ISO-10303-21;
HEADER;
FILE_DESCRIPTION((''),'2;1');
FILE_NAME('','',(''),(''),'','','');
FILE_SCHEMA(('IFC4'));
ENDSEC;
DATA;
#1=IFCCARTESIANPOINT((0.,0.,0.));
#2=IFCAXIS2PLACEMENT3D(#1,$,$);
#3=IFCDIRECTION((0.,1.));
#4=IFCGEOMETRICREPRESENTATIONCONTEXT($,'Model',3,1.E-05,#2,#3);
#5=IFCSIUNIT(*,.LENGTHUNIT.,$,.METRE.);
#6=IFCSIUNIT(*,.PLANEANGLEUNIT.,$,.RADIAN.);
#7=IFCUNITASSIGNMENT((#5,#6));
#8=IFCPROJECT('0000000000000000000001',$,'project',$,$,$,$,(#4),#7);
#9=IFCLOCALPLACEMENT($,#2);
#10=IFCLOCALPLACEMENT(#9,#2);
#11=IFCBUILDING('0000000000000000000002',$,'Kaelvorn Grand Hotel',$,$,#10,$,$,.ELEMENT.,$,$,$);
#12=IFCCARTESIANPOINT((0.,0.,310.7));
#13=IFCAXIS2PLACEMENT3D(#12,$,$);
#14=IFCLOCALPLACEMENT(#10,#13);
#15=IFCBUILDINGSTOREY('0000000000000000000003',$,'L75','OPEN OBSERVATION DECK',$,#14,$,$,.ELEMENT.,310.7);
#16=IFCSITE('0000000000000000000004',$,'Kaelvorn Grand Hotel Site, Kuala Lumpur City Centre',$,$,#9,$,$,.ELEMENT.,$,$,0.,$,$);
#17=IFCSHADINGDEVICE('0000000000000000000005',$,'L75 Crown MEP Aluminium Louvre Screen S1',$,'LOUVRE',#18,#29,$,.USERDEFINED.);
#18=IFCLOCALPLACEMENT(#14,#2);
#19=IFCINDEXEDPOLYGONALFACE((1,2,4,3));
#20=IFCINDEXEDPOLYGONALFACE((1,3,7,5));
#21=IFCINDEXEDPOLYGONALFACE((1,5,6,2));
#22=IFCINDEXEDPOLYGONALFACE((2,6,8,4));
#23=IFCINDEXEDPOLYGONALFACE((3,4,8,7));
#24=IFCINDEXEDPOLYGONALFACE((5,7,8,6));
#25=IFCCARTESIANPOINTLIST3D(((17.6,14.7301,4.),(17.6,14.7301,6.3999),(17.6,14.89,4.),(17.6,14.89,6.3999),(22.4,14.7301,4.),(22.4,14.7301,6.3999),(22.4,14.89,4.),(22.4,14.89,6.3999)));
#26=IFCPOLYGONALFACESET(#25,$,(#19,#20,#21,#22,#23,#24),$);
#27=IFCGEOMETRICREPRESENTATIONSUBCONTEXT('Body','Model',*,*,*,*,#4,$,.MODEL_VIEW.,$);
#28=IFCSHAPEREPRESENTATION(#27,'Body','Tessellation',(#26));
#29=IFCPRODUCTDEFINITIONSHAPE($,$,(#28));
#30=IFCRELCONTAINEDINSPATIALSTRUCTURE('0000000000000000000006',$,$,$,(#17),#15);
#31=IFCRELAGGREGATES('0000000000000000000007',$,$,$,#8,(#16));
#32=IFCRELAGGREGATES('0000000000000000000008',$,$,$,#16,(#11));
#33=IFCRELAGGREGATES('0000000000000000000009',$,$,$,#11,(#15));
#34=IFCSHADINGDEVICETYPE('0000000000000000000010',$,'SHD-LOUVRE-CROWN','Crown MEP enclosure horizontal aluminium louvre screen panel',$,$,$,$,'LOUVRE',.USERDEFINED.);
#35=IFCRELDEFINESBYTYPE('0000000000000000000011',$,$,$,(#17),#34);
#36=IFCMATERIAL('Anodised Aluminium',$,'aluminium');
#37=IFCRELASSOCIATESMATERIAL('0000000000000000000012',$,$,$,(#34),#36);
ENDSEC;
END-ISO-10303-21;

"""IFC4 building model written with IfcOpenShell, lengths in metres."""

from ifc_helpers import new_model, si_unit, direction, frame, origin, origin_2d, place, context, subcontext, project, spatial, rectangle, extrude, material, type_object, element, save


model = new_model("IFC4")

# Units and contexts
model_context = context("Model", 3, precision=1e-05, world=origin(), true_north=direction((0.0, 1.0)))
body_context = subcontext(model_context, "Body", "Model", "MODEL_VIEW")
ifc_project = project(units=[si_unit("LENGTHUNIT", "METRE"), si_unit("PLANEANGLEUNIT", "RADIAN")], contexts=[model_context])

# Site, building, storey
site_placement = place(None, origin())
site = spatial("IfcSite", under=ifc_project, at=site_placement, Name="Kaelvorn Grand Hotel Site, Kuala Lumpur City Centre", CompositionType="ELEMENT", RefElevation=0.0)
building_placement = place(site_placement, origin())
building = spatial("IfcBuilding", under=site, at=building_placement, Name="Kaelvorn Grand Hotel", CompositionType="ELEMENT")
storey_placement = place(building_placement, frame((0.0, 0.0, 310.7)))
storey = spatial("IfcBuildingStorey", under=building, at=storey_placement, Name="L75", Description="OPEN OBSERVATION DECK", CompositionType="ELEMENT", Elevation=310.7)

# Shared definitions
ifc_material_1 = material(Name="Anodised Aluminium", Category="aluminium")

# Shading device
shading_device_type = type_object("IfcShadingDeviceType", Name="SHD-LOUVRE-CROWN", Description="Crown MEP enclosure horizontal aluminium louvre screen panel", ElementType="LOUVRE", PredefinedType="USERDEFINED", material=ifc_material_1)
shading_device_placement = place(storey_placement, frame((20.0, 14.8101, 4.0), z_axis=(0.0, 0.0, 1.0), x_axis=(1.0, 0.0, 0.0)))
element("IfcShadingDevice", 1, at=shading_device_placement, inside=storey, type_object=shading_device_type, Name="L75 Crown MEP Aluminium Louvre Screen S1", ObjectType="LOUVRE", PredefinedType="USERDEFINED", context=body_context, shape_type="SweptSolid", body=[
    extrude(rectangle(XDim=4.8, YDim=0.1599, at=origin_2d()), origin(), (0.0, 0.0, 1.0), 2.3999),
])

save(model, "model.ifc")
